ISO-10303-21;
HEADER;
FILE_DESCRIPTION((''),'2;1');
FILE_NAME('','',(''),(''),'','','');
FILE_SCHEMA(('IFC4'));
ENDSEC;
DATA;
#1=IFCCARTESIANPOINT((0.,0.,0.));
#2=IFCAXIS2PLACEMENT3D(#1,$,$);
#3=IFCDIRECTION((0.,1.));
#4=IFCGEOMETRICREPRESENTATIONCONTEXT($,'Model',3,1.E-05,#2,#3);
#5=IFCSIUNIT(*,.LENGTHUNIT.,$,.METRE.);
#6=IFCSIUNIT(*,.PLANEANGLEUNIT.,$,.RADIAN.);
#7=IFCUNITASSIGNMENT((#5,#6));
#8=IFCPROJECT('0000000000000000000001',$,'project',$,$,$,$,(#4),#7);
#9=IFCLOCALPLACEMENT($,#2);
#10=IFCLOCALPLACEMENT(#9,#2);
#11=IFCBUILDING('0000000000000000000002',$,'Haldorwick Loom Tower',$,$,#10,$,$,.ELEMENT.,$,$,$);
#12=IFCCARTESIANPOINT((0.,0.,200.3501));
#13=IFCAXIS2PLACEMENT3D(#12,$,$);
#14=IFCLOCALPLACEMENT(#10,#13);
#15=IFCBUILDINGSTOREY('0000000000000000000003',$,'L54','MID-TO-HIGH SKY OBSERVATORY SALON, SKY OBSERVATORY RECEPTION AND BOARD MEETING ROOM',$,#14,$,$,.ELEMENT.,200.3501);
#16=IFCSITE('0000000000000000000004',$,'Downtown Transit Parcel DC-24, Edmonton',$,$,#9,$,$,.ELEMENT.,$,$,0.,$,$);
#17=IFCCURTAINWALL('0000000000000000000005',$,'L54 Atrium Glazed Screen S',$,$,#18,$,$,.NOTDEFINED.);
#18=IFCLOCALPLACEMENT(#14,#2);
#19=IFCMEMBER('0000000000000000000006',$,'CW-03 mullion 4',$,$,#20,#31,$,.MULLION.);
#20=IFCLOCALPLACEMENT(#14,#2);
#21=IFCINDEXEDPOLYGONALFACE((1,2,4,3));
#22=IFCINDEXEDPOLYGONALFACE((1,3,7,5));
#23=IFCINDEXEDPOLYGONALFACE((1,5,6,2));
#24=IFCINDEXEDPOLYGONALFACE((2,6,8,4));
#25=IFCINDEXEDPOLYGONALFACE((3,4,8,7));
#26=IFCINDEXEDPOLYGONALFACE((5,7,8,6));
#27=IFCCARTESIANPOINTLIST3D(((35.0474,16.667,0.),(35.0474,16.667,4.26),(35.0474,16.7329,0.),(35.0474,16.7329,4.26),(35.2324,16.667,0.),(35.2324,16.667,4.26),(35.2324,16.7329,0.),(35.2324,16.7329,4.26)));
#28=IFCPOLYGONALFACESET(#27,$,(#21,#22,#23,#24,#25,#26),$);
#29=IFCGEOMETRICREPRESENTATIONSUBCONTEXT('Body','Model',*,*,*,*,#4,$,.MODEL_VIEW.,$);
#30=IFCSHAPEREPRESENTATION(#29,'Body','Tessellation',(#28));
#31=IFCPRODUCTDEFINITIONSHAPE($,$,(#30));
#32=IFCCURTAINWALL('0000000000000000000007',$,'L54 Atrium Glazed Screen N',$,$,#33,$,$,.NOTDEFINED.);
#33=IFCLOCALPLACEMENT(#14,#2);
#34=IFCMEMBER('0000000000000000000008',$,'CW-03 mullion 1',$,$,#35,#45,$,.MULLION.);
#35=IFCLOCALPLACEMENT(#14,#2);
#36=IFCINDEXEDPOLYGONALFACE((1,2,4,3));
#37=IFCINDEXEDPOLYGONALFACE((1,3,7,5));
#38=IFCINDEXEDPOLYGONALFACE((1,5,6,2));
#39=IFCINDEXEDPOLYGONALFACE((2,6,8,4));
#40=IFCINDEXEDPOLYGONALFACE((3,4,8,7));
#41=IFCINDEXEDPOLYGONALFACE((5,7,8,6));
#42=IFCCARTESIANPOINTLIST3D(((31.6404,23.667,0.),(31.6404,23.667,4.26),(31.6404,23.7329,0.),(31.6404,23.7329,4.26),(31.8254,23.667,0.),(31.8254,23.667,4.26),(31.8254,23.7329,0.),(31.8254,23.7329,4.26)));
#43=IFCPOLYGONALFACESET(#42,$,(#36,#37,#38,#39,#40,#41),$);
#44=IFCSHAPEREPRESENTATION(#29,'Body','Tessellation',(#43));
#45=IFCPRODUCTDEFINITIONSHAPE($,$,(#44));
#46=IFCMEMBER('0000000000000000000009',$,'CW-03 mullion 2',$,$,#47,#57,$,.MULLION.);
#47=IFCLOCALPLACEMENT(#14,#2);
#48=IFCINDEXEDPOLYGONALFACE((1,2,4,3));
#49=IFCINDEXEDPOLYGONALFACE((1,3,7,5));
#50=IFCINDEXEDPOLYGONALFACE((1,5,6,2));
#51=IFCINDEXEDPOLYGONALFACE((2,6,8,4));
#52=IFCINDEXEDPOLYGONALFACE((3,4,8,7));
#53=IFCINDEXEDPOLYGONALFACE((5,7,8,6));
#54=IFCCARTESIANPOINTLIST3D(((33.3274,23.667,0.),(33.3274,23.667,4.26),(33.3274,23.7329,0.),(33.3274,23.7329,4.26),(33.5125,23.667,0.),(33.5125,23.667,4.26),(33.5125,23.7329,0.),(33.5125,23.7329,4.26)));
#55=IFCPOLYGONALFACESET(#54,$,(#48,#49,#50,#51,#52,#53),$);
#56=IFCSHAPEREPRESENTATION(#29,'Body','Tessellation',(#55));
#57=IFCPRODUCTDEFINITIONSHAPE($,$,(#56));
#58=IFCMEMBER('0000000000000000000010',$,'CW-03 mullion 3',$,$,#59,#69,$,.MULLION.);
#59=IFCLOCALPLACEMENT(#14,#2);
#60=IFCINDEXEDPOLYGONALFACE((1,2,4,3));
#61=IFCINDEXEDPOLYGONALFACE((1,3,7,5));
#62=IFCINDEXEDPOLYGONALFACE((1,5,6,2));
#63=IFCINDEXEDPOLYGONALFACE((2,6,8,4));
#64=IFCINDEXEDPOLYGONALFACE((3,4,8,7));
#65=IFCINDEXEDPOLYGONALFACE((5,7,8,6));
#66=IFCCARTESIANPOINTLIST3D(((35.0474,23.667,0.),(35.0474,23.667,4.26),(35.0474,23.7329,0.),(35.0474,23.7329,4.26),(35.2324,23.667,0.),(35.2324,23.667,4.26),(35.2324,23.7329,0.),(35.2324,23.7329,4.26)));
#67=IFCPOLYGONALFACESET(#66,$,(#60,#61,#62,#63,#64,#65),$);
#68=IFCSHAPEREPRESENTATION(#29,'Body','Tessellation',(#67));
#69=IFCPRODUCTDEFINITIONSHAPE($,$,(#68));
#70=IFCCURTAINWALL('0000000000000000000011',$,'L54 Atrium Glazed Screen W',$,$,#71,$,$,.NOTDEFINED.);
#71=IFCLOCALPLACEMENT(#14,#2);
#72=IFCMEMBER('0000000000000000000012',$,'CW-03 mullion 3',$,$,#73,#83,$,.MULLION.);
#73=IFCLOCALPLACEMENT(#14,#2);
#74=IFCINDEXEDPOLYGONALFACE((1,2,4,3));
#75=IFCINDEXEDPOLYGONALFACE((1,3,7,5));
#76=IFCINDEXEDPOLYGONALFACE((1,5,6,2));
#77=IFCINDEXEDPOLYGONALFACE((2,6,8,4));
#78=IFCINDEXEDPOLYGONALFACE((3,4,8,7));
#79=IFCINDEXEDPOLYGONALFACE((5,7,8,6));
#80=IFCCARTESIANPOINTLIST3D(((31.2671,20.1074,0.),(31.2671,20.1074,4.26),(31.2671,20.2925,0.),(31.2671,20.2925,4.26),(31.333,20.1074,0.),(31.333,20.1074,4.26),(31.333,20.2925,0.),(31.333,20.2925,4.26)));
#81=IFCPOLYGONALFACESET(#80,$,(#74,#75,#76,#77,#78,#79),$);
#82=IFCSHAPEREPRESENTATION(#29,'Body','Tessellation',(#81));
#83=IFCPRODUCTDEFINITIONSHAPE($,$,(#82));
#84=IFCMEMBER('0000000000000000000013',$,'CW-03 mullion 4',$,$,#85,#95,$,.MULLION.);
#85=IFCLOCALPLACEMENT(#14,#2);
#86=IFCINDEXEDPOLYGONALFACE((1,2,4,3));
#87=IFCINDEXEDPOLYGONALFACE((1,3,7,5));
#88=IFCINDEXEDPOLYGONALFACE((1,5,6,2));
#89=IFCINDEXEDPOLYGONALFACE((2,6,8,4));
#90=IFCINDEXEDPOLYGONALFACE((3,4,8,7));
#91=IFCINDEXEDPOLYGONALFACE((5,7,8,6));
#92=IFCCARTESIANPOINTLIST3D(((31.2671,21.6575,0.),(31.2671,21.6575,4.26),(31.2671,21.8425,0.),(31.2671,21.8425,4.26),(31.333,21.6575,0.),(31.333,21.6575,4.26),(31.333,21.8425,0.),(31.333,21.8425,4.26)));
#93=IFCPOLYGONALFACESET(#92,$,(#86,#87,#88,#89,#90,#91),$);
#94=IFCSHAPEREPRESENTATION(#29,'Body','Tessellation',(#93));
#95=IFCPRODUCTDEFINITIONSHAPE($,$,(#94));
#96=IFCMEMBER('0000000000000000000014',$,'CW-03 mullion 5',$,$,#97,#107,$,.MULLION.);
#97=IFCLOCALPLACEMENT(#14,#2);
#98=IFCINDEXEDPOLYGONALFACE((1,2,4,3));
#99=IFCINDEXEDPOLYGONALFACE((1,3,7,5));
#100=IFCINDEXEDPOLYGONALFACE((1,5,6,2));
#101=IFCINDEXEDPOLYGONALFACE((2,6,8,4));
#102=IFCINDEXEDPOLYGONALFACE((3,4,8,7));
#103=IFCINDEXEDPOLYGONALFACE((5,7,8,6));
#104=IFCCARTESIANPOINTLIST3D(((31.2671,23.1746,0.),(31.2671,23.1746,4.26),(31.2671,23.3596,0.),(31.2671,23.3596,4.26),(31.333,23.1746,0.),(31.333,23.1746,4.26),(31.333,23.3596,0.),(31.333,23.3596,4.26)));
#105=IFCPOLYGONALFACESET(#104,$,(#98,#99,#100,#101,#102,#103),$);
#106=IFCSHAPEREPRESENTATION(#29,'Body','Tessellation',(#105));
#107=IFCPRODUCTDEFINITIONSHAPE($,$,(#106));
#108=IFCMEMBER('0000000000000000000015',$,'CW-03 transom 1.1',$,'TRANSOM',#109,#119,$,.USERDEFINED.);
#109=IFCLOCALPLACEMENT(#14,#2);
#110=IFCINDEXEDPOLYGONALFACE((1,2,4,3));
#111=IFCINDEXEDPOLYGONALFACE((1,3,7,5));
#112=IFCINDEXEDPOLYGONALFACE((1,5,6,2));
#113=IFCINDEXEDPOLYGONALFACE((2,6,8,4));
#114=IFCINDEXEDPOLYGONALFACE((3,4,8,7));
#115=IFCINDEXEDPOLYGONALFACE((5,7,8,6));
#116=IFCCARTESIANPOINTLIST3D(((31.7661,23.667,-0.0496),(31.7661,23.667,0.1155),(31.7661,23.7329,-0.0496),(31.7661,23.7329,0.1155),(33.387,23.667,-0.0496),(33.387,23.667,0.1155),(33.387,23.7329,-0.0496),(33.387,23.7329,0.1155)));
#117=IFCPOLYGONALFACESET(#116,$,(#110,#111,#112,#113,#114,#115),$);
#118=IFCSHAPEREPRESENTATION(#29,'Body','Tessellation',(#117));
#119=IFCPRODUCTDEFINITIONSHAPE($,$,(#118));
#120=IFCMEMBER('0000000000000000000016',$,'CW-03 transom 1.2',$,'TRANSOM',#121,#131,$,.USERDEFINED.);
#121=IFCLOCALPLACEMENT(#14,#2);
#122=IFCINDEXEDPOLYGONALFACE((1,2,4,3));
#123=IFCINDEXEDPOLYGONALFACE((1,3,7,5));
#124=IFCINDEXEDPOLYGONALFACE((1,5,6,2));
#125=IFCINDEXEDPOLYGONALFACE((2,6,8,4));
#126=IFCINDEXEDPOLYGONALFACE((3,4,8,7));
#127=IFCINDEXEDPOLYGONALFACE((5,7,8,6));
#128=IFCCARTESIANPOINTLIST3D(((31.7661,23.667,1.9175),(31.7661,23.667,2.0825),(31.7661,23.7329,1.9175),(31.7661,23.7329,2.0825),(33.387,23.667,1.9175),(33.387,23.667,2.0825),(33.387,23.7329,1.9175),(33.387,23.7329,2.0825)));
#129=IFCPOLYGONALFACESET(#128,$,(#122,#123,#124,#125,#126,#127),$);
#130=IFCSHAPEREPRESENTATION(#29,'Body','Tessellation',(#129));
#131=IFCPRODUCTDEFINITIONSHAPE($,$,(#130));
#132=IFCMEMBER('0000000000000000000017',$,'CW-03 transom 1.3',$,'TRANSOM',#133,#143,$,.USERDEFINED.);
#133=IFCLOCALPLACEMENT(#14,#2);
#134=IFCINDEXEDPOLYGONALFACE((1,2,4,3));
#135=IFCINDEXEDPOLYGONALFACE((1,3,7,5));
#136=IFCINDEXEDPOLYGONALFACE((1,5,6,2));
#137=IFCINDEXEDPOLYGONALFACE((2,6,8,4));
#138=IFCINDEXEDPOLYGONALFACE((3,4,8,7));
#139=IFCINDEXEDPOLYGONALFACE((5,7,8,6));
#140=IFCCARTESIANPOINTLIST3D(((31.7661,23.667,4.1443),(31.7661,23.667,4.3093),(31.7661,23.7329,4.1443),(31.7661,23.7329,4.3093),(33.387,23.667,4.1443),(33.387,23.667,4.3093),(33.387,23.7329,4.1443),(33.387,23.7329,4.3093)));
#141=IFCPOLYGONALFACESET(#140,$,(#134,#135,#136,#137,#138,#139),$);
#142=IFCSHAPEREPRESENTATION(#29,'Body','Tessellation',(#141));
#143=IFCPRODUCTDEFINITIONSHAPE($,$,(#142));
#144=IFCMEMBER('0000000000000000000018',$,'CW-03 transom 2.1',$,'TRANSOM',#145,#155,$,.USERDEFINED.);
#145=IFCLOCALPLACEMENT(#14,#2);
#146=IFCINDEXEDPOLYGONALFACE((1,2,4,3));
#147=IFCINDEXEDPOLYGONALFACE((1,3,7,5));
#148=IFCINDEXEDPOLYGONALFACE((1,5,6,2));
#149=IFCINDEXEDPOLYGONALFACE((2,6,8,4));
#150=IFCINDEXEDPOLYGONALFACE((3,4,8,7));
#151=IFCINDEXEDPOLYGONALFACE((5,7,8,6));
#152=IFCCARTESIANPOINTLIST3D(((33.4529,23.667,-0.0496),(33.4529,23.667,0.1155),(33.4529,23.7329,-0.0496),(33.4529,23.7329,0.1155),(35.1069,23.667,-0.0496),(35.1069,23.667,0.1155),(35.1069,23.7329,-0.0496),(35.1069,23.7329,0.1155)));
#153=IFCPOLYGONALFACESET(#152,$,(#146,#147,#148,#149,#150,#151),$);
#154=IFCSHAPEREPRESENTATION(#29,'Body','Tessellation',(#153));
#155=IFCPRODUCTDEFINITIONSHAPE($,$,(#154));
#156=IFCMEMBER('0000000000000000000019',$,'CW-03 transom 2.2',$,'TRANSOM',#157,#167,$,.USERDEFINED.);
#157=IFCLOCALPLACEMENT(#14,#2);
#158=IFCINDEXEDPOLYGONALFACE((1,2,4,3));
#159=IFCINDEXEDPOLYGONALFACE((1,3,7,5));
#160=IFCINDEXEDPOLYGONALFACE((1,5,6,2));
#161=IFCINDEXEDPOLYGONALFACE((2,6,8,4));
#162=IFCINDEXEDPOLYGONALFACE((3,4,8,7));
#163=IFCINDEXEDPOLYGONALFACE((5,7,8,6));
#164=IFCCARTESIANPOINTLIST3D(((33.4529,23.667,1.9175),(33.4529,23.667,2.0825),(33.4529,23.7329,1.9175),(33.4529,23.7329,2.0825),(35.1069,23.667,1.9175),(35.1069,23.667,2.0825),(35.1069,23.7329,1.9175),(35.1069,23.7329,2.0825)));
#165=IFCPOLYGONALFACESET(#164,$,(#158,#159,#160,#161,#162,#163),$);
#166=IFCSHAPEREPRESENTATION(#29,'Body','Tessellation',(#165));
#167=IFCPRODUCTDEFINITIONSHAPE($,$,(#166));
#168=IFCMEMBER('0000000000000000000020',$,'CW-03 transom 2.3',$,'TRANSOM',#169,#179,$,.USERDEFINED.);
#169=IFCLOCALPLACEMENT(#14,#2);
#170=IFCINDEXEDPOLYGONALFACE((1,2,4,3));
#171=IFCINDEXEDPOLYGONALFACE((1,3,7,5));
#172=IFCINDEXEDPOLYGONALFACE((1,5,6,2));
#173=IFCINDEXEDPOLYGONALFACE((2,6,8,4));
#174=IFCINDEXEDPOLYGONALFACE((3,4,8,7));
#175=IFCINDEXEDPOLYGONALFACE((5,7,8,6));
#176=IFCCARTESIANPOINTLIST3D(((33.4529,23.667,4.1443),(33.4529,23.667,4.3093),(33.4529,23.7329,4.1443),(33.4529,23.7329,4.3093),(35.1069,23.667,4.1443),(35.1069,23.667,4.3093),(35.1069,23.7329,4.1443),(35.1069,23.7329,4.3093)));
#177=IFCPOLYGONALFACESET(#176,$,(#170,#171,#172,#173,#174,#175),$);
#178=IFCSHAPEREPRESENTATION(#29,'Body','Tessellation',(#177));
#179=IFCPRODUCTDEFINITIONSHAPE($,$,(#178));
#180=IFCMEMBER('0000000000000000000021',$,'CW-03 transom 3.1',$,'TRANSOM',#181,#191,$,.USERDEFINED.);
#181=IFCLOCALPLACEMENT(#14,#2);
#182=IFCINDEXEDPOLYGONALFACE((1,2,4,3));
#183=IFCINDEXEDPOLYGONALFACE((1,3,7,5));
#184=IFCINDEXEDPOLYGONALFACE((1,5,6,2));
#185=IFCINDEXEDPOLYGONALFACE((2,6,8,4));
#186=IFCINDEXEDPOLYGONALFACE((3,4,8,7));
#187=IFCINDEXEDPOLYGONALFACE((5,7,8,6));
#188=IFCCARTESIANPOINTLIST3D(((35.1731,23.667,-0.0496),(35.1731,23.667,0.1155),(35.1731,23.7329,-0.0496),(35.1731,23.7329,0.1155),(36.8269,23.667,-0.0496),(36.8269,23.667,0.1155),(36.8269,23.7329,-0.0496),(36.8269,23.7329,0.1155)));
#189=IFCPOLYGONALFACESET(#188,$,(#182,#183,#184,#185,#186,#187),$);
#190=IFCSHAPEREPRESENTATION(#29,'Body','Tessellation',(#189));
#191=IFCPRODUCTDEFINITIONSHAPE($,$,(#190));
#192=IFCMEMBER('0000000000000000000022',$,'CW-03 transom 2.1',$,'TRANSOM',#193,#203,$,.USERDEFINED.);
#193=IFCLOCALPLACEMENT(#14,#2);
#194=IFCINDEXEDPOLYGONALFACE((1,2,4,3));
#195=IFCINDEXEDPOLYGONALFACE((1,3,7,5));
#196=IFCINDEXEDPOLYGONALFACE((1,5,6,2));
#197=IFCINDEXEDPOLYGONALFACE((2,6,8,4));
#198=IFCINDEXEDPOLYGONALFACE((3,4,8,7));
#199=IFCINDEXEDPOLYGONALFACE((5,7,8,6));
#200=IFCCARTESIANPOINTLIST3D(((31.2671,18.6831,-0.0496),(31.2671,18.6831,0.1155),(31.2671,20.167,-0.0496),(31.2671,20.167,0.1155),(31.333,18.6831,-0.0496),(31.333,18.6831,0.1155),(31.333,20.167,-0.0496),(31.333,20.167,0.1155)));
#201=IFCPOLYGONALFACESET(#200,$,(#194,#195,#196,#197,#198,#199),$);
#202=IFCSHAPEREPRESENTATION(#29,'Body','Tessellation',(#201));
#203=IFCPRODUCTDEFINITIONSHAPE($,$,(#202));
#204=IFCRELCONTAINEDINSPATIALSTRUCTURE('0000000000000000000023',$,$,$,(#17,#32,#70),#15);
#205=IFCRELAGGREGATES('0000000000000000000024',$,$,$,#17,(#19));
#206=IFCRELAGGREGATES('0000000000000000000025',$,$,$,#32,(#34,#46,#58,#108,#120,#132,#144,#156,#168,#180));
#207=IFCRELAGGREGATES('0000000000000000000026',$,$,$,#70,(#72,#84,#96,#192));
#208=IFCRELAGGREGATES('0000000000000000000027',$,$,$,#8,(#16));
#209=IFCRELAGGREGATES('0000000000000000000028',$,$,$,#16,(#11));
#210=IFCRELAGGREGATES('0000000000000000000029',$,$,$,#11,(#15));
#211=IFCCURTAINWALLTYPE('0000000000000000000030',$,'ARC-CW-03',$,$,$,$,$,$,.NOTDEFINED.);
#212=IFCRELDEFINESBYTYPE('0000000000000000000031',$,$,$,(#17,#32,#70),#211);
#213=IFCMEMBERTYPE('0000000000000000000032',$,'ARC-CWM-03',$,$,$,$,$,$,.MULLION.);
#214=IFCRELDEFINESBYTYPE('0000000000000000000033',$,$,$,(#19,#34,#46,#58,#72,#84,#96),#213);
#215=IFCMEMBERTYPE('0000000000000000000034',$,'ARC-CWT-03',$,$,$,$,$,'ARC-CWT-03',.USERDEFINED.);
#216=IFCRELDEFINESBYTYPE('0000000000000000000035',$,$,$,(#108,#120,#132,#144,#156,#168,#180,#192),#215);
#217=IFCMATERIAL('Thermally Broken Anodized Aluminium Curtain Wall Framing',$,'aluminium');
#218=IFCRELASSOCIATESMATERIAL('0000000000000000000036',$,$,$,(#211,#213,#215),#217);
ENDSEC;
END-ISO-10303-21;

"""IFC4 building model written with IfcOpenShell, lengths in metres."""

from ifc_helpers import new_model, si_unit, direction, frame, origin, origin_2d, place, context, subcontext, project, spatial, rectangle, extrude, material, material_profile, profile_set, type_object, element, aggregate, save


model = new_model("IFC4")

# Units and contexts
model_context = context("Model", 3, precision=1e-05, world=origin(), true_north=direction((0.0, 1.0)))
body_context = subcontext(model_context, "Body", "Model", "MODEL_VIEW")
ifc_project = project(units=[si_unit("LENGTHUNIT", "METRE"), si_unit("PLANEANGLEUNIT", "RADIAN")], contexts=[model_context])

# Site, building, storey
site_placement = place(None, origin())
site = spatial("IfcSite", under=ifc_project, at=site_placement, Name="Downtown Transit Parcel DC-24, Edmonton", CompositionType="ELEMENT", RefElevation=0.0)
building_placement = place(site_placement, origin())
building = spatial("IfcBuilding", under=site, at=building_placement, Name="Haldorwick Loom Tower", CompositionType="ELEMENT")
storey_placement = place(building_placement, frame((0.0, 0.0, 200.3501)))
storey = spatial("IfcBuildingStorey", under=building, at=storey_placement, Name="L54", Description="MID-TO-HIGH SKY OBSERVATORY SALON, SKY OBSERVATORY RECEPTION AND BOARD MEETING ROOM", CompositionType="ELEMENT", Elevation=200.3501)

# Curtain wall, member
ifc_material_1 = material(Name="Thermally Broken Anodized Aluminium Curtain Wall Framing", Category="aluminium")
curtain_wall_type = type_object("IfcCurtainWallType", Name="ARC-CW-03", PredefinedType="NOTDEFINED", material=ifc_material_1)
curtain_wall_1_placement = place(storey_placement, origin())
curtain_wall_1 = element("IfcCurtainWall", 1, at=curtain_wall_1_placement, inside=storey, type_object=curtain_wall_type, Name="L54 Atrium Glazed Screen S", PredefinedType="NOTDEFINED")
ifc_material_profile_1 = material_profile(ifc_material_1, rectangle(XDim=0.0659, YDim=0.1851, at=origin_2d()), Name="ALU_MUL_66X185", Category="aluminium")
ifc_profile_set_1 = profile_set([ifc_material_profile_1], Name="Thermally Broken Anodized Aluminium Curtain Wall Framing")
member_type_1 = type_object("IfcMemberType", Name="ARC-CWM-03", PredefinedType="MULLION", material=ifc_profile_set_1)
member_1_placement = place(storey_placement, frame((35.1399, 16.7, 0.0), z_axis=(0.0, 0.0, 1.0), x_axis=(0.0, -1.0, 0.0)))
member_1 = element("IfcMember", 2, at=member_1_placement, type_object=member_type_1, Name="CW-03 mullion 4", PredefinedType="MULLION", context=body_context, shape_type="SweptSolid", body=[
    extrude(rectangle(XDim=0.0659, YDim=0.1851, at=origin_2d()), origin(), (0.0, 0.0, 1.0), 4.26),
])
aggregate(curtain_wall_1, [member_1])

# Curtain walls, members
curtain_wall_2_placement = place(storey_placement, origin())
curtain_wall_2 = element("IfcCurtainWall", 3, at=curtain_wall_2_placement, inside=storey, type_object=curtain_wall_type, Name="L54 Atrium Glazed Screen N", PredefinedType="NOTDEFINED")
member_2_placement = place(storey_placement, frame((31.7329, 23.7, 0.0), z_axis=(0.0, 0.0, 1.0), x_axis=(0.0, 1.0, 0.0)))
member_2 = element("IfcMember", 4, at=member_2_placement, type_object=member_type_1, Name="CW-03 mullion 1", PredefinedType="MULLION", context=body_context, shape_type="SweptSolid", body=[
    extrude(rectangle(XDim=0.0659, YDim=0.1851, at=origin_2d()), origin(), (0.0, 0.0, 1.0), 4.26),
])
member_3_placement = place(storey_placement, frame((33.4199, 23.7, 0.0), z_axis=(0.0, 0.0, 1.0), x_axis=(0.0, 1.0, 0.0)))
member_3 = element("IfcMember", 5, at=member_3_placement, type_object=member_type_1, Name="CW-03 mullion 2", PredefinedType="MULLION", context=body_context, shape_type="SweptSolid", body=[
    extrude(rectangle(XDim=0.0659, YDim=0.1851, at=origin_2d()), origin(), (0.0, 0.0, 1.0), 4.26),
])
member_4_placement = place(storey_placement, frame((35.1399, 23.7, 0.0), z_axis=(0.0, 0.0, 1.0), x_axis=(0.0, 1.0, 0.0)))
member_4 = element("IfcMember", 6, at=member_4_placement, type_object=member_type_1, Name="CW-03 mullion 3", PredefinedType="MULLION", context=body_context, shape_type="SweptSolid", body=[
    extrude(rectangle(XDim=0.0659, YDim=0.1851, at=origin_2d()), origin(), (0.0, 0.0, 1.0), 4.26),
])
curtain_wall_3_placement = place(storey_placement, origin())
curtain_wall_3 = element("IfcCurtainWall", 7, at=curtain_wall_3_placement, inside=storey, type_object=curtain_wall_type, Name="L54 Atrium Glazed Screen W", PredefinedType="NOTDEFINED")
member_5_placement = place(storey_placement, frame((31.3, 20.2, 0.0), z_axis=(0.0, 0.0, 1.0), x_axis=(-1.0, 0.0, 0.0)))
member_5 = element("IfcMember", 8, at=member_5_placement, type_object=member_type_1, Name="CW-03 mullion 3", PredefinedType="MULLION", context=body_context, shape_type="SweptSolid", body=[
    extrude(rectangle(XDim=0.0659, YDim=0.1851, at=origin_2d()), origin(), (0.0, 0.0, 1.0), 4.26),
])
member_6_placement = place(storey_placement, frame((31.3, 21.75, 0.0), z_axis=(0.0, 0.0, 1.0), x_axis=(-1.0, 0.0, 0.0)))
member_6 = element("IfcMember", 9, at=member_6_placement, type_object=member_type_1, Name="CW-03 mullion 4", PredefinedType="MULLION", context=body_context, shape_type="SweptSolid", body=[
    extrude(rectangle(XDim=0.0659, YDim=0.1851, at=origin_2d()), origin(), (0.0, 0.0, 1.0), 4.26),
])
member_7_placement = place(storey_placement, frame((31.3, 23.2671, 0.0), z_axis=(0.0, 0.0, 1.0), x_axis=(-1.0, 0.0, 0.0)))
member_7 = element("IfcMember", 10, at=member_7_placement, type_object=member_type_1, Name="CW-03 mullion 5", PredefinedType="MULLION", context=body_context, shape_type="SweptSolid", body=[
    extrude(rectangle(XDim=0.0659, YDim=0.1851, at=origin_2d()), origin(), (0.0, 0.0, 1.0), 4.26),
])

# Members
ifc_material_profile_2 = material_profile(ifc_material_1, rectangle(XDim=0.0659, YDim=0.165, at=origin_2d()), Name="ALU_TRN_66X165", Category="aluminium")
ifc_profile_set_2 = profile_set([ifc_material_profile_2], Name="Thermally Broken Anodized Aluminium Curtain Wall Framing")
member_type_2 = type_object("IfcMemberType", Name="ARC-CWT-03", ElementType="ARC-CWT-03", PredefinedType="USERDEFINED", material=ifc_profile_set_2)
member_8_placement = place(storey_placement, frame((31.7661, 23.7, 0.033), z_axis=(1.0, 0.0, 0.0), x_axis=(0.0, 1.0, 0.0)))
member_8 = element("IfcMember", 11, at=member_8_placement, type_object=member_type_2, Name="CW-03 transom 1.1", ObjectType="TRANSOM", PredefinedType="USERDEFINED", context=body_context, shape_type="SweptSolid", body=[
    extrude(rectangle(XDim=0.0659, YDim=0.165, at=origin_2d()), origin(), (0.0, 0.0, 1.0), 1.6208),
])
member_9_placement = place(storey_placement, frame((31.7661, 23.7, 2.0), z_axis=(1.0, 0.0, 0.0), x_axis=(0.0, 1.0, 0.0)))
member_9 = element("IfcMember", 12, at=member_9_placement, type_object=member_type_2, Name="CW-03 transom 1.2", ObjectType="TRANSOM", PredefinedType="USERDEFINED", context=body_context, shape_type="SweptSolid", body=[
    extrude(rectangle(XDim=0.0659, YDim=0.165, at=origin_2d()), origin(), (0.0, 0.0, 1.0), 1.6208),
])
member_10_placement = place(storey_placement, frame((31.7661, 23.7, 4.2268), z_axis=(1.0, 0.0, 0.0), x_axis=(0.0, 1.0, 0.0)))
member_10 = element("IfcMember", 13, at=member_10_placement, type_object=member_type_2, Name="CW-03 transom 1.3", ObjectType="TRANSOM", PredefinedType="USERDEFINED", context=body_context, shape_type="SweptSolid", body=[
    extrude(rectangle(XDim=0.0659, YDim=0.165, at=origin_2d()), origin(), (0.0, 0.0, 1.0), 1.6208),
])
member_11_placement = place(storey_placement, frame((33.4529, 23.7, 0.033), z_axis=(1.0, 0.0, 0.0), x_axis=(0.0, 1.0, 0.0)))
member_11 = element("IfcMember", 14, at=member_11_placement, type_object=member_type_2, Name="CW-03 transom 2.1", ObjectType="TRANSOM", PredefinedType="USERDEFINED", context=body_context, shape_type="SweptSolid", body=[
    extrude(rectangle(XDim=0.0659, YDim=0.165, at=origin_2d()), origin(), (0.0, 0.0, 1.0), 1.6541),
])
member_12_placement = place(storey_placement, frame((33.4529, 23.7, 2.0), z_axis=(1.0, 0.0, 0.0), x_axis=(0.0, 1.0, 0.0)))
member_12 = element("IfcMember", 15, at=member_12_placement, type_object=member_type_2, Name="CW-03 transom 2.2", ObjectType="TRANSOM", PredefinedType="USERDEFINED", context=body_context, shape_type="SweptSolid", body=[
    extrude(rectangle(XDim=0.0659, YDim=0.165, at=origin_2d()), origin(), (0.0, 0.0, 1.0), 1.6541),
])
member_13_placement = place(storey_placement, frame((33.4529, 23.7, 4.2268), z_axis=(1.0, 0.0, 0.0), x_axis=(0.0, 1.0, 0.0)))
member_13 = element("IfcMember", 16, at=member_13_placement, type_object=member_type_2, Name="CW-03 transom 2.3", ObjectType="TRANSOM", PredefinedType="USERDEFINED", context=body_context, shape_type="SweptSolid", body=[
    extrude(rectangle(XDim=0.0659, YDim=0.165, at=origin_2d()), origin(), (0.0, 0.0, 1.0), 1.6541),
])
member_14_placement = place(storey_placement, frame((35.1731, 23.7, 0.033), z_axis=(1.0, 0.0, 0.0), x_axis=(0.0, 1.0, 0.0)))
member_14 = element("IfcMember", 17, at=member_14_placement, type_object=member_type_2, Name="CW-03 transom 3.1", ObjectType="TRANSOM", PredefinedType="USERDEFINED", context=body_context, shape_type="SweptSolid", body=[
    extrude(rectangle(XDim=0.0659, YDim=0.165, at=origin_2d()), origin(), (0.0, 0.0, 1.0), 1.6538),
])
member_15_placement = place(storey_placement, frame((31.3, 18.6831, 0.033), z_axis=(0.0, 1.0, 0.0), x_axis=(-1.0, 0.0, 0.0)))
member_15 = element("IfcMember", 18, at=member_15_placement, type_object=member_type_2, Name="CW-03 transom 2.1", ObjectType="TRANSOM", PredefinedType="USERDEFINED", context=body_context, shape_type="SweptSolid", body=[
    extrude(rectangle(XDim=0.0659, YDim=0.165, at=origin_2d()), origin(), (0.0, 0.0, 1.0), 1.4839),
])

aggregate(curtain_wall_2, [member_2, member_3, member_4, member_8, member_9, member_10, member_11, member_12, member_13, member_14])
aggregate(curtain_wall_3, [member_5, member_6, member_7, member_15])

save(model, "model.ifc")
